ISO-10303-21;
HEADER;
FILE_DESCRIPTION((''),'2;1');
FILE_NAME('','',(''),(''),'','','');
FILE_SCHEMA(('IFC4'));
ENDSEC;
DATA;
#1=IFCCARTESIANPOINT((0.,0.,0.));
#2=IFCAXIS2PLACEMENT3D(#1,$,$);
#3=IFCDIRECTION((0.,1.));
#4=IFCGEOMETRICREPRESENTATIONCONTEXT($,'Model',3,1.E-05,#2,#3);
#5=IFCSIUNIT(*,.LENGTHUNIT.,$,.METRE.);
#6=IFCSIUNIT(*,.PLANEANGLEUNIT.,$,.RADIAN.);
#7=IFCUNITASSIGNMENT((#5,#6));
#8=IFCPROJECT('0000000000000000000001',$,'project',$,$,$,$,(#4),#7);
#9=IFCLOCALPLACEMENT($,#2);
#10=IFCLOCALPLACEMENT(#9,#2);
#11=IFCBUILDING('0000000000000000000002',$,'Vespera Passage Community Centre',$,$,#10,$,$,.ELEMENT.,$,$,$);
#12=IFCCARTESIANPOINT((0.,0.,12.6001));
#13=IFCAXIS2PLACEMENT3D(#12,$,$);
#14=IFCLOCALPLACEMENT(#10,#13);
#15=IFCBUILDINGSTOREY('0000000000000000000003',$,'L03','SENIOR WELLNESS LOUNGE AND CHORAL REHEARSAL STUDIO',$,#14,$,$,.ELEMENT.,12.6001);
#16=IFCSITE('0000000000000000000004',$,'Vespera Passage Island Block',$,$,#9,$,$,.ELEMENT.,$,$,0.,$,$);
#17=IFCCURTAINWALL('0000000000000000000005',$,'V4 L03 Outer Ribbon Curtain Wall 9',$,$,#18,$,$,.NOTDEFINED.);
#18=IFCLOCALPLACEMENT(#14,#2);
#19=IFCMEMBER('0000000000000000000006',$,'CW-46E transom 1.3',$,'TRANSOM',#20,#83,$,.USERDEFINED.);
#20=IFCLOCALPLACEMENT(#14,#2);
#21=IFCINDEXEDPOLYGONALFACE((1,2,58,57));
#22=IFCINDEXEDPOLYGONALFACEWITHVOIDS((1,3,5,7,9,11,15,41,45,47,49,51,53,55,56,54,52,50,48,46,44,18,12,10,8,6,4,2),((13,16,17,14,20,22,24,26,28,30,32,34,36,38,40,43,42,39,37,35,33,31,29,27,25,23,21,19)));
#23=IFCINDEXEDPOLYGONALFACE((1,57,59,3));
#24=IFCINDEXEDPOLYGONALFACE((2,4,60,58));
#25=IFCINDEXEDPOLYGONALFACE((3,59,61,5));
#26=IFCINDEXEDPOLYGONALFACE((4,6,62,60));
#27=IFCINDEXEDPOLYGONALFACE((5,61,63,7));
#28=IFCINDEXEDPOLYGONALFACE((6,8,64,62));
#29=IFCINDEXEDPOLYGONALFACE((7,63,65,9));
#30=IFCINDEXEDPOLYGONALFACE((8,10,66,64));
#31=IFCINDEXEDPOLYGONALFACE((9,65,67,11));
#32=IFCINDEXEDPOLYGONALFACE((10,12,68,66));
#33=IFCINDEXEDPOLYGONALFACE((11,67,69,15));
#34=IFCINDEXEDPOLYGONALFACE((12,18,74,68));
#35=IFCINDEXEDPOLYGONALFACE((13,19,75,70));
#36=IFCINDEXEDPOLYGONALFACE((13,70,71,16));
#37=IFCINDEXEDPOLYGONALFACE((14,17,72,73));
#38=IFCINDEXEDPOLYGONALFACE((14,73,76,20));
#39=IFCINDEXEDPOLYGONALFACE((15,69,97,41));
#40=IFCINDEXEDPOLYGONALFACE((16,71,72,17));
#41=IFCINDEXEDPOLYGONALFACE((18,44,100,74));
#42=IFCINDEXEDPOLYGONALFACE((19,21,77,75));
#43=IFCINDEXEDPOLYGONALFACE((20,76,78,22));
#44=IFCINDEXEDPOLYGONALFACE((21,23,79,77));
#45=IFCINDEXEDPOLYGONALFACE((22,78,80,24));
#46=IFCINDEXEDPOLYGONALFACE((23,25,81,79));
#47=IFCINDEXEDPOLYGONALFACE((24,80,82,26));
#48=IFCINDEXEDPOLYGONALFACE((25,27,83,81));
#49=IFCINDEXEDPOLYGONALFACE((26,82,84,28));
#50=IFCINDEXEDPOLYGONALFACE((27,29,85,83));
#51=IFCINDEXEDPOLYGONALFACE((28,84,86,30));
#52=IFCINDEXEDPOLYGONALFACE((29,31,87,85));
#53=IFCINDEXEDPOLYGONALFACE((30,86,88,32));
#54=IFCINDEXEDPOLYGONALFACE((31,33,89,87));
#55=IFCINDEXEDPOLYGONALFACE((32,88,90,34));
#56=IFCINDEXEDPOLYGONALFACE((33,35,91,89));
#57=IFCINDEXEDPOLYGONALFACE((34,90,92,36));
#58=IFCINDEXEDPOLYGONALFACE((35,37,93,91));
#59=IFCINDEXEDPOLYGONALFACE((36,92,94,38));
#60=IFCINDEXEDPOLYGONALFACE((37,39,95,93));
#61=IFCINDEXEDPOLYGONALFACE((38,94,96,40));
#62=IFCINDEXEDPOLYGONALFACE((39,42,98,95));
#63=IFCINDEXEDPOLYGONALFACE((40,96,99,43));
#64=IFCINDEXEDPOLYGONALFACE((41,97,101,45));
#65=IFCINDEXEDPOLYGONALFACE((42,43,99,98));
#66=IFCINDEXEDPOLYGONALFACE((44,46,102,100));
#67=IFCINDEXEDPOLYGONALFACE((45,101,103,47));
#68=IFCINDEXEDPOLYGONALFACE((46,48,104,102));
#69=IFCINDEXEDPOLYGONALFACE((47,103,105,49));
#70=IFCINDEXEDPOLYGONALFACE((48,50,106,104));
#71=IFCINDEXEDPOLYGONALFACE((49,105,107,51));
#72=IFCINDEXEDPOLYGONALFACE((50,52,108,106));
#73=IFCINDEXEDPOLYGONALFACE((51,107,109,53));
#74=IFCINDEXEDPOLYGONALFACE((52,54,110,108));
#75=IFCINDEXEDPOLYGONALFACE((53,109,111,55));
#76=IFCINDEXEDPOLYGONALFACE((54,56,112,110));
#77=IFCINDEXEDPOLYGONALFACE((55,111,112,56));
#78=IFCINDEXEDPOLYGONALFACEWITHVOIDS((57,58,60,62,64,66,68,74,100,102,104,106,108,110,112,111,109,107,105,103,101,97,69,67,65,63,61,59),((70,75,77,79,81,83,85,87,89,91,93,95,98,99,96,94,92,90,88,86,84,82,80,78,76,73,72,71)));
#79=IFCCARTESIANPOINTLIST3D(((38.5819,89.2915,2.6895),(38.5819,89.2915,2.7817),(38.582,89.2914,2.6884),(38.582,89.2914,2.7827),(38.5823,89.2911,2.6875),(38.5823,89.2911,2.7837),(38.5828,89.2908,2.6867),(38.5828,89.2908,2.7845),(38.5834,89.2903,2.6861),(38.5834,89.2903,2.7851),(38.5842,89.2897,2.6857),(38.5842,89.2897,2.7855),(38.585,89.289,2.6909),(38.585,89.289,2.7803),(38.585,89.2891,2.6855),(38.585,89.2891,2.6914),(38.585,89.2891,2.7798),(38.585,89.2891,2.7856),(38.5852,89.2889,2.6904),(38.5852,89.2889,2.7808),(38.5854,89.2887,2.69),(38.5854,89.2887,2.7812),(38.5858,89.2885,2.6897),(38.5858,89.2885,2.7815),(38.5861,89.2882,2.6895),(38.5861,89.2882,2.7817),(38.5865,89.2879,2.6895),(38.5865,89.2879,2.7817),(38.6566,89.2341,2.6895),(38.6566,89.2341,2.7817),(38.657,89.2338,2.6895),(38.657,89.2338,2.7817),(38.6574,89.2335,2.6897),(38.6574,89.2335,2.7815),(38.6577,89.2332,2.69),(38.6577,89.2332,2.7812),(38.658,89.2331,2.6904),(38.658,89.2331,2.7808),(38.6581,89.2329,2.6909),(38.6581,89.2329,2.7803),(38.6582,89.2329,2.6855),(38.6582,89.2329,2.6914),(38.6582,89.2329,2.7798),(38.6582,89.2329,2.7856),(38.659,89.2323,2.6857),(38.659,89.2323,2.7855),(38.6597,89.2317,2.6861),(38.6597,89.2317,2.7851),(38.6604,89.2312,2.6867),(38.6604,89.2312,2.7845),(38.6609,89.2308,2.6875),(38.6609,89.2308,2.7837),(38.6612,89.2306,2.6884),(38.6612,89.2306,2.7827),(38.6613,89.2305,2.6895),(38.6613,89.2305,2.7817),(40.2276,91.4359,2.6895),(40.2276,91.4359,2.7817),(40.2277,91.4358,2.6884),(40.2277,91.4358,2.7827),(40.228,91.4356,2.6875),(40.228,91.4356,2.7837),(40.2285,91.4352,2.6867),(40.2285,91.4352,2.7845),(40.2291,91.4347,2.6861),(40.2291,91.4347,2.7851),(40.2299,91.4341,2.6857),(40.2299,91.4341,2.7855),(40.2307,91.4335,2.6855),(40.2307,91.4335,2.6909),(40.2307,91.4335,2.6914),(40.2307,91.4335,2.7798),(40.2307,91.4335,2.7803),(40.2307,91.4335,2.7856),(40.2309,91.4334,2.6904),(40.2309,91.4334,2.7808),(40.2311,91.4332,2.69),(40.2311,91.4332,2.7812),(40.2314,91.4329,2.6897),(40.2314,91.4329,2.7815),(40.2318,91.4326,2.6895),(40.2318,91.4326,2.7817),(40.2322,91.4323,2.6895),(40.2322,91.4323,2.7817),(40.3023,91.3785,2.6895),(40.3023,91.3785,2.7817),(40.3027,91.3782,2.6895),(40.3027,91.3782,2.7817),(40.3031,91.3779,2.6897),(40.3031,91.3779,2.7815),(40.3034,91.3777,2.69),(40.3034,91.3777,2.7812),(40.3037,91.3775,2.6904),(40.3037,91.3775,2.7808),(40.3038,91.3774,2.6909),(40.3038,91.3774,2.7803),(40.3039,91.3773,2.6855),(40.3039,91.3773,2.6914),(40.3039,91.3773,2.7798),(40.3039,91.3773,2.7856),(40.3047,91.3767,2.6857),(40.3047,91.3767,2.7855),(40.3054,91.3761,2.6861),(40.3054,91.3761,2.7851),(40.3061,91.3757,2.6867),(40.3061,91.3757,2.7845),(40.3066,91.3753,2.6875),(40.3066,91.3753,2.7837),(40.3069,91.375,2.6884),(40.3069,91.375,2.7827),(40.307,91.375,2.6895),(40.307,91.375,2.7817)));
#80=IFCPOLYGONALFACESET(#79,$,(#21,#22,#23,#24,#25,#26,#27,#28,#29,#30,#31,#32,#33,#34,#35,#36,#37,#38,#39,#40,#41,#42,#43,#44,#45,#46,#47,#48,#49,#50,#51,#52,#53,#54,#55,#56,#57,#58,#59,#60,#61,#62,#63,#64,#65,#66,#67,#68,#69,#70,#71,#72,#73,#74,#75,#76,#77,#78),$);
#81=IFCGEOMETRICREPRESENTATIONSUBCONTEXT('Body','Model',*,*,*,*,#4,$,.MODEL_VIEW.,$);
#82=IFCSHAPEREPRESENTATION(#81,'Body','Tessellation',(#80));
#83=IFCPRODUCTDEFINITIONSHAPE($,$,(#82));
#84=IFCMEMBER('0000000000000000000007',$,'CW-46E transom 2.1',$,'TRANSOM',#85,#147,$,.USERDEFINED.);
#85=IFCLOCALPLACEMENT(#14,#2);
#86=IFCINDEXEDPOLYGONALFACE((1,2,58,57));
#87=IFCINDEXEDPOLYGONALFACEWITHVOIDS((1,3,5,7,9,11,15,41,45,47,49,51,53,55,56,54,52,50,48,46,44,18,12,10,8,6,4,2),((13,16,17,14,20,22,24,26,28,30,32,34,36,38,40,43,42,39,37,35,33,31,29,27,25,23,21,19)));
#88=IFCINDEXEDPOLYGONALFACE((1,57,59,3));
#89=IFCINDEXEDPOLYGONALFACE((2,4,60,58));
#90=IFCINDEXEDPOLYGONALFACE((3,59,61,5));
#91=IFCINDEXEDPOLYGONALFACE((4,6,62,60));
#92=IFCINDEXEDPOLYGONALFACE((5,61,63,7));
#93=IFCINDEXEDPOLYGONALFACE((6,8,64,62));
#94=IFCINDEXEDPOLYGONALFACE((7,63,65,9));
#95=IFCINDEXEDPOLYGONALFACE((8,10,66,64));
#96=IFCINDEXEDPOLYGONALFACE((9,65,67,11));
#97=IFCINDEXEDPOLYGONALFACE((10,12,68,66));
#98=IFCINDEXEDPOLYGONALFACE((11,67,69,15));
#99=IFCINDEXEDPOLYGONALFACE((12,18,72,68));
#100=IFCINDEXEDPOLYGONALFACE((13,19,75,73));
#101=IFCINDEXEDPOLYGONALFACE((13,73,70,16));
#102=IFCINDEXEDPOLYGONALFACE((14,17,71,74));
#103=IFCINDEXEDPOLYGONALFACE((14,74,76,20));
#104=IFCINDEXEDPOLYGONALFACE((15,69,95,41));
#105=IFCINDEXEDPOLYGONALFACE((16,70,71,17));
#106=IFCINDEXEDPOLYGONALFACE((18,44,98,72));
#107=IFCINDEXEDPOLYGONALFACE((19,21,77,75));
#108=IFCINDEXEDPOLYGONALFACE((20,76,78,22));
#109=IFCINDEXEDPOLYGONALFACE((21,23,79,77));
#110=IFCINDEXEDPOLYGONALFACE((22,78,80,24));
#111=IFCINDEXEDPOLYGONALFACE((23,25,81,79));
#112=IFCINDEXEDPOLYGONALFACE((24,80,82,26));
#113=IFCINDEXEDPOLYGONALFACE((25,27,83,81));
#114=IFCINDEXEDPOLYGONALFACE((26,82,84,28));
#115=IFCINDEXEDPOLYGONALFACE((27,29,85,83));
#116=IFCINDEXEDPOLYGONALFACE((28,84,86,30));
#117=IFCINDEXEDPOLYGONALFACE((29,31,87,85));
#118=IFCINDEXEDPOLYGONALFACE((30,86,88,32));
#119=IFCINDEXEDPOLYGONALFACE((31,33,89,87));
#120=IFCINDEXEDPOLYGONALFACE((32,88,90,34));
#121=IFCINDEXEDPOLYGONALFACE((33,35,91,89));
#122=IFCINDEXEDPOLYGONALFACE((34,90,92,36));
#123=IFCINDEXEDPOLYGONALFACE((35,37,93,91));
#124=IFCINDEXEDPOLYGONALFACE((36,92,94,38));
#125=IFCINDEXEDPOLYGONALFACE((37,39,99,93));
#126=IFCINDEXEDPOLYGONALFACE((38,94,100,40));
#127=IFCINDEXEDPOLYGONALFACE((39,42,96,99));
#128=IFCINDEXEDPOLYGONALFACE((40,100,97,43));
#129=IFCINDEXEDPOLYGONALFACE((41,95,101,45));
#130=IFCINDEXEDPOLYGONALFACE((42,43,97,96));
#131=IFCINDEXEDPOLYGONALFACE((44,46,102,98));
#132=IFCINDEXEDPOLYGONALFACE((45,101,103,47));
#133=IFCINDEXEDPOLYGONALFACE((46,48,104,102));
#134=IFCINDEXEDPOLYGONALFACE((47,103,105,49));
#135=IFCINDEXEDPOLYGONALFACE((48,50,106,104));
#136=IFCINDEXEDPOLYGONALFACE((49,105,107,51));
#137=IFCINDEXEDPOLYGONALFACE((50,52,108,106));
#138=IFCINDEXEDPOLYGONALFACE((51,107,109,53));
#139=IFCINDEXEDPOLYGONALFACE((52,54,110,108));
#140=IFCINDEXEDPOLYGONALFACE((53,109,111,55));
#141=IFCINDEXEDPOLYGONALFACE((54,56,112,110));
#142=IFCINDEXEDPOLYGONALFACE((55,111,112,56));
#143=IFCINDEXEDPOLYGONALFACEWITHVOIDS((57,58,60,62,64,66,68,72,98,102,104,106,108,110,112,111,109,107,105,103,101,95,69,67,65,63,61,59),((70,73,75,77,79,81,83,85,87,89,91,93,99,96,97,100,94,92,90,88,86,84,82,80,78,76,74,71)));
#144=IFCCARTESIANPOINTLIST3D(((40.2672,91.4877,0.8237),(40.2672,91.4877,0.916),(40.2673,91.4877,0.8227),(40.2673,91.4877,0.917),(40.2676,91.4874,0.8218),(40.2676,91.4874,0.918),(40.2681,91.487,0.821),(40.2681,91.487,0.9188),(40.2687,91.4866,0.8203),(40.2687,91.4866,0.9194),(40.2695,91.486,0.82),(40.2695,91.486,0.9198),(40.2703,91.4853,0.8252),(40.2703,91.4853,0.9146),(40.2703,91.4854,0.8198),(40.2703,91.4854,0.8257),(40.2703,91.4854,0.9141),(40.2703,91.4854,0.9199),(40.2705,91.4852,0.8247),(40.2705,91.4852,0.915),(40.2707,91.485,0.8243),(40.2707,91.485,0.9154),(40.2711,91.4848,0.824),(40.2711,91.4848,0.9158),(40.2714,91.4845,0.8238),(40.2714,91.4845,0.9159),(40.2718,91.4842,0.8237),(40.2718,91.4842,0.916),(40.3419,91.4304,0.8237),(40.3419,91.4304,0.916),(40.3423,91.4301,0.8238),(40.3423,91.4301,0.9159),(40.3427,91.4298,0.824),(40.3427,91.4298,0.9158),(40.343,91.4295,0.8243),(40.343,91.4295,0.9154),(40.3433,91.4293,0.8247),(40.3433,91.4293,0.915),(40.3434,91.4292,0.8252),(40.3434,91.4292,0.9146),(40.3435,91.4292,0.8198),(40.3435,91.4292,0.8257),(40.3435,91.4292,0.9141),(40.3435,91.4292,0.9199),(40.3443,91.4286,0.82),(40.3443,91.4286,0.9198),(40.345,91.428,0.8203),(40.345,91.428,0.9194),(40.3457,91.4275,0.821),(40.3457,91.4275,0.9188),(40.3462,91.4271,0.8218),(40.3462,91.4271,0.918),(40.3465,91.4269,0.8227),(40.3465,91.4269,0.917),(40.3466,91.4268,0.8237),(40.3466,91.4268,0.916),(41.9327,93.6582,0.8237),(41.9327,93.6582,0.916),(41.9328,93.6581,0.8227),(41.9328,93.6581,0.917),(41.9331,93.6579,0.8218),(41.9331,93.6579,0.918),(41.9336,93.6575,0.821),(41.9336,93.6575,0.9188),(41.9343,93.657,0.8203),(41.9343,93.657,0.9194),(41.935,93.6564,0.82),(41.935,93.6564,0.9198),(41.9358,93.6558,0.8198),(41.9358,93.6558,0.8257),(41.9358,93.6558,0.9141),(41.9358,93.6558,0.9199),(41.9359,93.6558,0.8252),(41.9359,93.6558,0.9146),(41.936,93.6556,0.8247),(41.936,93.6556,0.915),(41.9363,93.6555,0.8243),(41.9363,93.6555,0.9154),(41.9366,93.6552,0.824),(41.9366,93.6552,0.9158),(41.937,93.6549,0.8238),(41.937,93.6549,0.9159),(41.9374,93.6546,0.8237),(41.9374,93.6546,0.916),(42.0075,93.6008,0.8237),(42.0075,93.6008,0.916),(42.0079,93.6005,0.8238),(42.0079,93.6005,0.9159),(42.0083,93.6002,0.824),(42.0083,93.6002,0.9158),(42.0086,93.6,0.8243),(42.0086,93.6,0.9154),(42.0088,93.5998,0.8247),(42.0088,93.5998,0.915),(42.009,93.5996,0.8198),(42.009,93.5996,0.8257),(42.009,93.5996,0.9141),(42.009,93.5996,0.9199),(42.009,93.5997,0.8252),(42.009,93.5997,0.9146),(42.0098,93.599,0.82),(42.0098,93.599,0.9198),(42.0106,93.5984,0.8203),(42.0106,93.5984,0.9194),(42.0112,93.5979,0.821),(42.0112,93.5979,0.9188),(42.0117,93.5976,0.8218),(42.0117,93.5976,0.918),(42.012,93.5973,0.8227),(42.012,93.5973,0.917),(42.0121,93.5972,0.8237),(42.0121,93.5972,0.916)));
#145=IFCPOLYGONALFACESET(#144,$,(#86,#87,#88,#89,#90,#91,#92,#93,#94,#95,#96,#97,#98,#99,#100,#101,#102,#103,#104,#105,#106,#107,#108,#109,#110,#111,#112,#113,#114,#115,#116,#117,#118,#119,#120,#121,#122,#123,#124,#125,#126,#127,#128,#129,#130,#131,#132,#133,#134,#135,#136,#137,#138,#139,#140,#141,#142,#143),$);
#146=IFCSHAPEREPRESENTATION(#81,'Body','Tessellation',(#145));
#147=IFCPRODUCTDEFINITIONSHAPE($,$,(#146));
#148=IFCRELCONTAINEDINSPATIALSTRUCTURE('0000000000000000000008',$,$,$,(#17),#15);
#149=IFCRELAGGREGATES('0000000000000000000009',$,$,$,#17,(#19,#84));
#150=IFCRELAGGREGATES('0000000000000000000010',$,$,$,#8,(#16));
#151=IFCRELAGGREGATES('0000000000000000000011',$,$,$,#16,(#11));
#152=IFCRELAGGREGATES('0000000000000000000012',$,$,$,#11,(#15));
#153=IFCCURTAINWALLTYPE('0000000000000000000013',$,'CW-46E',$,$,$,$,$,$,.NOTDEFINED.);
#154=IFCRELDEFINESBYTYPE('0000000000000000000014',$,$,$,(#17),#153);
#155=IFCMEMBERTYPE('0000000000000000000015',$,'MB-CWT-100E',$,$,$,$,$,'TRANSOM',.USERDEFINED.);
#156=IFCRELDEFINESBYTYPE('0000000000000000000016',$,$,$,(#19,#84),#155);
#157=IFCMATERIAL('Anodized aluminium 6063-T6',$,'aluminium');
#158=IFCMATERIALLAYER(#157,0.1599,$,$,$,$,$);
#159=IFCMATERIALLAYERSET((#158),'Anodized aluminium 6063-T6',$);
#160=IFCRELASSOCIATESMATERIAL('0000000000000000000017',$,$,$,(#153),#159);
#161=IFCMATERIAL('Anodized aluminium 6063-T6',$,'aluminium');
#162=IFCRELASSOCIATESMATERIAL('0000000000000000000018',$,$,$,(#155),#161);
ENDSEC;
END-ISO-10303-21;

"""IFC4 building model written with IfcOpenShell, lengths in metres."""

from ifc_helpers import new_model, si_unit, direction, frame, origin, origin_2d, place, context, subcontext, project, spatial, hollow_rectangle, extrude, material, layer, layer_set, material_profile, profile_set, type_object, element, aggregate, save


model = new_model("IFC4")

# Units and contexts
model_context = context("Model", 3, precision=1e-05, world=origin(), true_north=direction((0.0, 1.0)))
body_context = subcontext(model_context, "Body", "Model", "MODEL_VIEW")
ifc_project = project(units=[si_unit("LENGTHUNIT", "METRE"), si_unit("PLANEANGLEUNIT", "RADIAN")], contexts=[model_context])

# Site, building, storey
site_placement = place(None, origin())
site = spatial("IfcSite", under=ifc_project, at=site_placement, Name="Vespera Passage Island Block", CompositionType="ELEMENT", RefElevation=0.0)
building_placement = place(site_placement, origin())
building = spatial("IfcBuilding", under=site, at=building_placement, Name="Vespera Passage Community Centre", CompositionType="ELEMENT")
storey_placement = place(building_placement, frame((0.0, 0.0, 12.6001)))
storey = spatial("IfcBuildingStorey", under=building, at=storey_placement, Name="L03", Description="SENIOR WELLNESS LOUNGE AND CHORAL REHEARSAL STUDIO", CompositionType="ELEMENT", Elevation=12.6001)

# Curtain wall, members
ifc_material_1 = material(Name="Anodized aluminium 6063-T6", Category="aluminium")
ifc_layer_1 = layer(ifc_material_1, 0.1599)
ifc_layer_set_1 = layer_set([ifc_layer_1], Name="Anodized aluminium 6063-T6")
curtain_wall_type = type_object("IfcCurtainWallType", Name="CW-46E", PredefinedType="NOTDEFINED", material=ifc_layer_set_1)
curtain_wall_placement = place(storey_placement, origin())
curtain_wall = element("IfcCurtainWall", 1, at=curtain_wall_placement, inside=storey, type_object=curtain_wall_type, Name="V4 L03 Outer Ribbon Curtain Wall 9", PredefinedType="NOTDEFINED")
ifc_material_2 = material(Name="Anodized aluminium 6063-T6", Category="aluminium")
ifc_material_profile_1 = material_profile(ifc_material_2, hollow_rectangle(XDim=0.1001, YDim=0.1001, WallThickness=0.0039, InnerFilletRadius=0.002, OuterFilletRadius=0.0039, at=origin_2d()), Name="ALU100X100X4")
ifc_profile_set_1 = profile_set([ifc_material_profile_1], Name="Anodized aluminium 6063-T6")
member_type_1 = type_object("IfcMemberType", Name="MB-CWT-100E", ElementType="TRANSOM", PredefinedType="USERDEFINED", material=ifc_profile_set_1)
member_1_placement = place(storey_placement, frame((38.6216, 89.261, 2.7356), z_axis=(0.608807, 0.793318, 0.0), x_axis=(-0.793318, 0.608807, 0.0)))
member_1 = element("IfcMember", 2, at=member_1_placement, type_object=member_type_1, Name="CW-46E transom 1.3", ObjectType="TRANSOM", PredefinedType="USERDEFINED", context=body_context, shape_type="SweptSolid", body=[
    extrude(hollow_rectangle(XDim=0.1001, YDim=0.1001, WallThickness=0.0039, InnerFilletRadius=0.002, OuterFilletRadius=0.0039, at=origin_2d()), origin(), (0.0, 0.0, 1.0), 2.7031),
])
member_2_placement = place(storey_placement, frame((40.3069, 91.4573, 0.8699), z_axis=(0.608787, 0.793333, 0.0), x_axis=(-0.793333, 0.608787, 0.0)))
member_2 = element("IfcMember", 3, at=member_2_placement, type_object=member_type_1, Name="CW-46E transom 2.1", ObjectType="TRANSOM", PredefinedType="USERDEFINED", context=body_context, shape_type="SweptSolid", body=[
    extrude(hollow_rectangle(XDim=0.1001, YDim=0.1001, WallThickness=0.0039, InnerFilletRadius=0.002, OuterFilletRadius=0.0039, at=origin_2d()), origin(), (0.0, 0.0, 1.0), 2.7358),
])
aggregate(curtain_wall, [member_1, member_2])

save(model, "model.ifc")
